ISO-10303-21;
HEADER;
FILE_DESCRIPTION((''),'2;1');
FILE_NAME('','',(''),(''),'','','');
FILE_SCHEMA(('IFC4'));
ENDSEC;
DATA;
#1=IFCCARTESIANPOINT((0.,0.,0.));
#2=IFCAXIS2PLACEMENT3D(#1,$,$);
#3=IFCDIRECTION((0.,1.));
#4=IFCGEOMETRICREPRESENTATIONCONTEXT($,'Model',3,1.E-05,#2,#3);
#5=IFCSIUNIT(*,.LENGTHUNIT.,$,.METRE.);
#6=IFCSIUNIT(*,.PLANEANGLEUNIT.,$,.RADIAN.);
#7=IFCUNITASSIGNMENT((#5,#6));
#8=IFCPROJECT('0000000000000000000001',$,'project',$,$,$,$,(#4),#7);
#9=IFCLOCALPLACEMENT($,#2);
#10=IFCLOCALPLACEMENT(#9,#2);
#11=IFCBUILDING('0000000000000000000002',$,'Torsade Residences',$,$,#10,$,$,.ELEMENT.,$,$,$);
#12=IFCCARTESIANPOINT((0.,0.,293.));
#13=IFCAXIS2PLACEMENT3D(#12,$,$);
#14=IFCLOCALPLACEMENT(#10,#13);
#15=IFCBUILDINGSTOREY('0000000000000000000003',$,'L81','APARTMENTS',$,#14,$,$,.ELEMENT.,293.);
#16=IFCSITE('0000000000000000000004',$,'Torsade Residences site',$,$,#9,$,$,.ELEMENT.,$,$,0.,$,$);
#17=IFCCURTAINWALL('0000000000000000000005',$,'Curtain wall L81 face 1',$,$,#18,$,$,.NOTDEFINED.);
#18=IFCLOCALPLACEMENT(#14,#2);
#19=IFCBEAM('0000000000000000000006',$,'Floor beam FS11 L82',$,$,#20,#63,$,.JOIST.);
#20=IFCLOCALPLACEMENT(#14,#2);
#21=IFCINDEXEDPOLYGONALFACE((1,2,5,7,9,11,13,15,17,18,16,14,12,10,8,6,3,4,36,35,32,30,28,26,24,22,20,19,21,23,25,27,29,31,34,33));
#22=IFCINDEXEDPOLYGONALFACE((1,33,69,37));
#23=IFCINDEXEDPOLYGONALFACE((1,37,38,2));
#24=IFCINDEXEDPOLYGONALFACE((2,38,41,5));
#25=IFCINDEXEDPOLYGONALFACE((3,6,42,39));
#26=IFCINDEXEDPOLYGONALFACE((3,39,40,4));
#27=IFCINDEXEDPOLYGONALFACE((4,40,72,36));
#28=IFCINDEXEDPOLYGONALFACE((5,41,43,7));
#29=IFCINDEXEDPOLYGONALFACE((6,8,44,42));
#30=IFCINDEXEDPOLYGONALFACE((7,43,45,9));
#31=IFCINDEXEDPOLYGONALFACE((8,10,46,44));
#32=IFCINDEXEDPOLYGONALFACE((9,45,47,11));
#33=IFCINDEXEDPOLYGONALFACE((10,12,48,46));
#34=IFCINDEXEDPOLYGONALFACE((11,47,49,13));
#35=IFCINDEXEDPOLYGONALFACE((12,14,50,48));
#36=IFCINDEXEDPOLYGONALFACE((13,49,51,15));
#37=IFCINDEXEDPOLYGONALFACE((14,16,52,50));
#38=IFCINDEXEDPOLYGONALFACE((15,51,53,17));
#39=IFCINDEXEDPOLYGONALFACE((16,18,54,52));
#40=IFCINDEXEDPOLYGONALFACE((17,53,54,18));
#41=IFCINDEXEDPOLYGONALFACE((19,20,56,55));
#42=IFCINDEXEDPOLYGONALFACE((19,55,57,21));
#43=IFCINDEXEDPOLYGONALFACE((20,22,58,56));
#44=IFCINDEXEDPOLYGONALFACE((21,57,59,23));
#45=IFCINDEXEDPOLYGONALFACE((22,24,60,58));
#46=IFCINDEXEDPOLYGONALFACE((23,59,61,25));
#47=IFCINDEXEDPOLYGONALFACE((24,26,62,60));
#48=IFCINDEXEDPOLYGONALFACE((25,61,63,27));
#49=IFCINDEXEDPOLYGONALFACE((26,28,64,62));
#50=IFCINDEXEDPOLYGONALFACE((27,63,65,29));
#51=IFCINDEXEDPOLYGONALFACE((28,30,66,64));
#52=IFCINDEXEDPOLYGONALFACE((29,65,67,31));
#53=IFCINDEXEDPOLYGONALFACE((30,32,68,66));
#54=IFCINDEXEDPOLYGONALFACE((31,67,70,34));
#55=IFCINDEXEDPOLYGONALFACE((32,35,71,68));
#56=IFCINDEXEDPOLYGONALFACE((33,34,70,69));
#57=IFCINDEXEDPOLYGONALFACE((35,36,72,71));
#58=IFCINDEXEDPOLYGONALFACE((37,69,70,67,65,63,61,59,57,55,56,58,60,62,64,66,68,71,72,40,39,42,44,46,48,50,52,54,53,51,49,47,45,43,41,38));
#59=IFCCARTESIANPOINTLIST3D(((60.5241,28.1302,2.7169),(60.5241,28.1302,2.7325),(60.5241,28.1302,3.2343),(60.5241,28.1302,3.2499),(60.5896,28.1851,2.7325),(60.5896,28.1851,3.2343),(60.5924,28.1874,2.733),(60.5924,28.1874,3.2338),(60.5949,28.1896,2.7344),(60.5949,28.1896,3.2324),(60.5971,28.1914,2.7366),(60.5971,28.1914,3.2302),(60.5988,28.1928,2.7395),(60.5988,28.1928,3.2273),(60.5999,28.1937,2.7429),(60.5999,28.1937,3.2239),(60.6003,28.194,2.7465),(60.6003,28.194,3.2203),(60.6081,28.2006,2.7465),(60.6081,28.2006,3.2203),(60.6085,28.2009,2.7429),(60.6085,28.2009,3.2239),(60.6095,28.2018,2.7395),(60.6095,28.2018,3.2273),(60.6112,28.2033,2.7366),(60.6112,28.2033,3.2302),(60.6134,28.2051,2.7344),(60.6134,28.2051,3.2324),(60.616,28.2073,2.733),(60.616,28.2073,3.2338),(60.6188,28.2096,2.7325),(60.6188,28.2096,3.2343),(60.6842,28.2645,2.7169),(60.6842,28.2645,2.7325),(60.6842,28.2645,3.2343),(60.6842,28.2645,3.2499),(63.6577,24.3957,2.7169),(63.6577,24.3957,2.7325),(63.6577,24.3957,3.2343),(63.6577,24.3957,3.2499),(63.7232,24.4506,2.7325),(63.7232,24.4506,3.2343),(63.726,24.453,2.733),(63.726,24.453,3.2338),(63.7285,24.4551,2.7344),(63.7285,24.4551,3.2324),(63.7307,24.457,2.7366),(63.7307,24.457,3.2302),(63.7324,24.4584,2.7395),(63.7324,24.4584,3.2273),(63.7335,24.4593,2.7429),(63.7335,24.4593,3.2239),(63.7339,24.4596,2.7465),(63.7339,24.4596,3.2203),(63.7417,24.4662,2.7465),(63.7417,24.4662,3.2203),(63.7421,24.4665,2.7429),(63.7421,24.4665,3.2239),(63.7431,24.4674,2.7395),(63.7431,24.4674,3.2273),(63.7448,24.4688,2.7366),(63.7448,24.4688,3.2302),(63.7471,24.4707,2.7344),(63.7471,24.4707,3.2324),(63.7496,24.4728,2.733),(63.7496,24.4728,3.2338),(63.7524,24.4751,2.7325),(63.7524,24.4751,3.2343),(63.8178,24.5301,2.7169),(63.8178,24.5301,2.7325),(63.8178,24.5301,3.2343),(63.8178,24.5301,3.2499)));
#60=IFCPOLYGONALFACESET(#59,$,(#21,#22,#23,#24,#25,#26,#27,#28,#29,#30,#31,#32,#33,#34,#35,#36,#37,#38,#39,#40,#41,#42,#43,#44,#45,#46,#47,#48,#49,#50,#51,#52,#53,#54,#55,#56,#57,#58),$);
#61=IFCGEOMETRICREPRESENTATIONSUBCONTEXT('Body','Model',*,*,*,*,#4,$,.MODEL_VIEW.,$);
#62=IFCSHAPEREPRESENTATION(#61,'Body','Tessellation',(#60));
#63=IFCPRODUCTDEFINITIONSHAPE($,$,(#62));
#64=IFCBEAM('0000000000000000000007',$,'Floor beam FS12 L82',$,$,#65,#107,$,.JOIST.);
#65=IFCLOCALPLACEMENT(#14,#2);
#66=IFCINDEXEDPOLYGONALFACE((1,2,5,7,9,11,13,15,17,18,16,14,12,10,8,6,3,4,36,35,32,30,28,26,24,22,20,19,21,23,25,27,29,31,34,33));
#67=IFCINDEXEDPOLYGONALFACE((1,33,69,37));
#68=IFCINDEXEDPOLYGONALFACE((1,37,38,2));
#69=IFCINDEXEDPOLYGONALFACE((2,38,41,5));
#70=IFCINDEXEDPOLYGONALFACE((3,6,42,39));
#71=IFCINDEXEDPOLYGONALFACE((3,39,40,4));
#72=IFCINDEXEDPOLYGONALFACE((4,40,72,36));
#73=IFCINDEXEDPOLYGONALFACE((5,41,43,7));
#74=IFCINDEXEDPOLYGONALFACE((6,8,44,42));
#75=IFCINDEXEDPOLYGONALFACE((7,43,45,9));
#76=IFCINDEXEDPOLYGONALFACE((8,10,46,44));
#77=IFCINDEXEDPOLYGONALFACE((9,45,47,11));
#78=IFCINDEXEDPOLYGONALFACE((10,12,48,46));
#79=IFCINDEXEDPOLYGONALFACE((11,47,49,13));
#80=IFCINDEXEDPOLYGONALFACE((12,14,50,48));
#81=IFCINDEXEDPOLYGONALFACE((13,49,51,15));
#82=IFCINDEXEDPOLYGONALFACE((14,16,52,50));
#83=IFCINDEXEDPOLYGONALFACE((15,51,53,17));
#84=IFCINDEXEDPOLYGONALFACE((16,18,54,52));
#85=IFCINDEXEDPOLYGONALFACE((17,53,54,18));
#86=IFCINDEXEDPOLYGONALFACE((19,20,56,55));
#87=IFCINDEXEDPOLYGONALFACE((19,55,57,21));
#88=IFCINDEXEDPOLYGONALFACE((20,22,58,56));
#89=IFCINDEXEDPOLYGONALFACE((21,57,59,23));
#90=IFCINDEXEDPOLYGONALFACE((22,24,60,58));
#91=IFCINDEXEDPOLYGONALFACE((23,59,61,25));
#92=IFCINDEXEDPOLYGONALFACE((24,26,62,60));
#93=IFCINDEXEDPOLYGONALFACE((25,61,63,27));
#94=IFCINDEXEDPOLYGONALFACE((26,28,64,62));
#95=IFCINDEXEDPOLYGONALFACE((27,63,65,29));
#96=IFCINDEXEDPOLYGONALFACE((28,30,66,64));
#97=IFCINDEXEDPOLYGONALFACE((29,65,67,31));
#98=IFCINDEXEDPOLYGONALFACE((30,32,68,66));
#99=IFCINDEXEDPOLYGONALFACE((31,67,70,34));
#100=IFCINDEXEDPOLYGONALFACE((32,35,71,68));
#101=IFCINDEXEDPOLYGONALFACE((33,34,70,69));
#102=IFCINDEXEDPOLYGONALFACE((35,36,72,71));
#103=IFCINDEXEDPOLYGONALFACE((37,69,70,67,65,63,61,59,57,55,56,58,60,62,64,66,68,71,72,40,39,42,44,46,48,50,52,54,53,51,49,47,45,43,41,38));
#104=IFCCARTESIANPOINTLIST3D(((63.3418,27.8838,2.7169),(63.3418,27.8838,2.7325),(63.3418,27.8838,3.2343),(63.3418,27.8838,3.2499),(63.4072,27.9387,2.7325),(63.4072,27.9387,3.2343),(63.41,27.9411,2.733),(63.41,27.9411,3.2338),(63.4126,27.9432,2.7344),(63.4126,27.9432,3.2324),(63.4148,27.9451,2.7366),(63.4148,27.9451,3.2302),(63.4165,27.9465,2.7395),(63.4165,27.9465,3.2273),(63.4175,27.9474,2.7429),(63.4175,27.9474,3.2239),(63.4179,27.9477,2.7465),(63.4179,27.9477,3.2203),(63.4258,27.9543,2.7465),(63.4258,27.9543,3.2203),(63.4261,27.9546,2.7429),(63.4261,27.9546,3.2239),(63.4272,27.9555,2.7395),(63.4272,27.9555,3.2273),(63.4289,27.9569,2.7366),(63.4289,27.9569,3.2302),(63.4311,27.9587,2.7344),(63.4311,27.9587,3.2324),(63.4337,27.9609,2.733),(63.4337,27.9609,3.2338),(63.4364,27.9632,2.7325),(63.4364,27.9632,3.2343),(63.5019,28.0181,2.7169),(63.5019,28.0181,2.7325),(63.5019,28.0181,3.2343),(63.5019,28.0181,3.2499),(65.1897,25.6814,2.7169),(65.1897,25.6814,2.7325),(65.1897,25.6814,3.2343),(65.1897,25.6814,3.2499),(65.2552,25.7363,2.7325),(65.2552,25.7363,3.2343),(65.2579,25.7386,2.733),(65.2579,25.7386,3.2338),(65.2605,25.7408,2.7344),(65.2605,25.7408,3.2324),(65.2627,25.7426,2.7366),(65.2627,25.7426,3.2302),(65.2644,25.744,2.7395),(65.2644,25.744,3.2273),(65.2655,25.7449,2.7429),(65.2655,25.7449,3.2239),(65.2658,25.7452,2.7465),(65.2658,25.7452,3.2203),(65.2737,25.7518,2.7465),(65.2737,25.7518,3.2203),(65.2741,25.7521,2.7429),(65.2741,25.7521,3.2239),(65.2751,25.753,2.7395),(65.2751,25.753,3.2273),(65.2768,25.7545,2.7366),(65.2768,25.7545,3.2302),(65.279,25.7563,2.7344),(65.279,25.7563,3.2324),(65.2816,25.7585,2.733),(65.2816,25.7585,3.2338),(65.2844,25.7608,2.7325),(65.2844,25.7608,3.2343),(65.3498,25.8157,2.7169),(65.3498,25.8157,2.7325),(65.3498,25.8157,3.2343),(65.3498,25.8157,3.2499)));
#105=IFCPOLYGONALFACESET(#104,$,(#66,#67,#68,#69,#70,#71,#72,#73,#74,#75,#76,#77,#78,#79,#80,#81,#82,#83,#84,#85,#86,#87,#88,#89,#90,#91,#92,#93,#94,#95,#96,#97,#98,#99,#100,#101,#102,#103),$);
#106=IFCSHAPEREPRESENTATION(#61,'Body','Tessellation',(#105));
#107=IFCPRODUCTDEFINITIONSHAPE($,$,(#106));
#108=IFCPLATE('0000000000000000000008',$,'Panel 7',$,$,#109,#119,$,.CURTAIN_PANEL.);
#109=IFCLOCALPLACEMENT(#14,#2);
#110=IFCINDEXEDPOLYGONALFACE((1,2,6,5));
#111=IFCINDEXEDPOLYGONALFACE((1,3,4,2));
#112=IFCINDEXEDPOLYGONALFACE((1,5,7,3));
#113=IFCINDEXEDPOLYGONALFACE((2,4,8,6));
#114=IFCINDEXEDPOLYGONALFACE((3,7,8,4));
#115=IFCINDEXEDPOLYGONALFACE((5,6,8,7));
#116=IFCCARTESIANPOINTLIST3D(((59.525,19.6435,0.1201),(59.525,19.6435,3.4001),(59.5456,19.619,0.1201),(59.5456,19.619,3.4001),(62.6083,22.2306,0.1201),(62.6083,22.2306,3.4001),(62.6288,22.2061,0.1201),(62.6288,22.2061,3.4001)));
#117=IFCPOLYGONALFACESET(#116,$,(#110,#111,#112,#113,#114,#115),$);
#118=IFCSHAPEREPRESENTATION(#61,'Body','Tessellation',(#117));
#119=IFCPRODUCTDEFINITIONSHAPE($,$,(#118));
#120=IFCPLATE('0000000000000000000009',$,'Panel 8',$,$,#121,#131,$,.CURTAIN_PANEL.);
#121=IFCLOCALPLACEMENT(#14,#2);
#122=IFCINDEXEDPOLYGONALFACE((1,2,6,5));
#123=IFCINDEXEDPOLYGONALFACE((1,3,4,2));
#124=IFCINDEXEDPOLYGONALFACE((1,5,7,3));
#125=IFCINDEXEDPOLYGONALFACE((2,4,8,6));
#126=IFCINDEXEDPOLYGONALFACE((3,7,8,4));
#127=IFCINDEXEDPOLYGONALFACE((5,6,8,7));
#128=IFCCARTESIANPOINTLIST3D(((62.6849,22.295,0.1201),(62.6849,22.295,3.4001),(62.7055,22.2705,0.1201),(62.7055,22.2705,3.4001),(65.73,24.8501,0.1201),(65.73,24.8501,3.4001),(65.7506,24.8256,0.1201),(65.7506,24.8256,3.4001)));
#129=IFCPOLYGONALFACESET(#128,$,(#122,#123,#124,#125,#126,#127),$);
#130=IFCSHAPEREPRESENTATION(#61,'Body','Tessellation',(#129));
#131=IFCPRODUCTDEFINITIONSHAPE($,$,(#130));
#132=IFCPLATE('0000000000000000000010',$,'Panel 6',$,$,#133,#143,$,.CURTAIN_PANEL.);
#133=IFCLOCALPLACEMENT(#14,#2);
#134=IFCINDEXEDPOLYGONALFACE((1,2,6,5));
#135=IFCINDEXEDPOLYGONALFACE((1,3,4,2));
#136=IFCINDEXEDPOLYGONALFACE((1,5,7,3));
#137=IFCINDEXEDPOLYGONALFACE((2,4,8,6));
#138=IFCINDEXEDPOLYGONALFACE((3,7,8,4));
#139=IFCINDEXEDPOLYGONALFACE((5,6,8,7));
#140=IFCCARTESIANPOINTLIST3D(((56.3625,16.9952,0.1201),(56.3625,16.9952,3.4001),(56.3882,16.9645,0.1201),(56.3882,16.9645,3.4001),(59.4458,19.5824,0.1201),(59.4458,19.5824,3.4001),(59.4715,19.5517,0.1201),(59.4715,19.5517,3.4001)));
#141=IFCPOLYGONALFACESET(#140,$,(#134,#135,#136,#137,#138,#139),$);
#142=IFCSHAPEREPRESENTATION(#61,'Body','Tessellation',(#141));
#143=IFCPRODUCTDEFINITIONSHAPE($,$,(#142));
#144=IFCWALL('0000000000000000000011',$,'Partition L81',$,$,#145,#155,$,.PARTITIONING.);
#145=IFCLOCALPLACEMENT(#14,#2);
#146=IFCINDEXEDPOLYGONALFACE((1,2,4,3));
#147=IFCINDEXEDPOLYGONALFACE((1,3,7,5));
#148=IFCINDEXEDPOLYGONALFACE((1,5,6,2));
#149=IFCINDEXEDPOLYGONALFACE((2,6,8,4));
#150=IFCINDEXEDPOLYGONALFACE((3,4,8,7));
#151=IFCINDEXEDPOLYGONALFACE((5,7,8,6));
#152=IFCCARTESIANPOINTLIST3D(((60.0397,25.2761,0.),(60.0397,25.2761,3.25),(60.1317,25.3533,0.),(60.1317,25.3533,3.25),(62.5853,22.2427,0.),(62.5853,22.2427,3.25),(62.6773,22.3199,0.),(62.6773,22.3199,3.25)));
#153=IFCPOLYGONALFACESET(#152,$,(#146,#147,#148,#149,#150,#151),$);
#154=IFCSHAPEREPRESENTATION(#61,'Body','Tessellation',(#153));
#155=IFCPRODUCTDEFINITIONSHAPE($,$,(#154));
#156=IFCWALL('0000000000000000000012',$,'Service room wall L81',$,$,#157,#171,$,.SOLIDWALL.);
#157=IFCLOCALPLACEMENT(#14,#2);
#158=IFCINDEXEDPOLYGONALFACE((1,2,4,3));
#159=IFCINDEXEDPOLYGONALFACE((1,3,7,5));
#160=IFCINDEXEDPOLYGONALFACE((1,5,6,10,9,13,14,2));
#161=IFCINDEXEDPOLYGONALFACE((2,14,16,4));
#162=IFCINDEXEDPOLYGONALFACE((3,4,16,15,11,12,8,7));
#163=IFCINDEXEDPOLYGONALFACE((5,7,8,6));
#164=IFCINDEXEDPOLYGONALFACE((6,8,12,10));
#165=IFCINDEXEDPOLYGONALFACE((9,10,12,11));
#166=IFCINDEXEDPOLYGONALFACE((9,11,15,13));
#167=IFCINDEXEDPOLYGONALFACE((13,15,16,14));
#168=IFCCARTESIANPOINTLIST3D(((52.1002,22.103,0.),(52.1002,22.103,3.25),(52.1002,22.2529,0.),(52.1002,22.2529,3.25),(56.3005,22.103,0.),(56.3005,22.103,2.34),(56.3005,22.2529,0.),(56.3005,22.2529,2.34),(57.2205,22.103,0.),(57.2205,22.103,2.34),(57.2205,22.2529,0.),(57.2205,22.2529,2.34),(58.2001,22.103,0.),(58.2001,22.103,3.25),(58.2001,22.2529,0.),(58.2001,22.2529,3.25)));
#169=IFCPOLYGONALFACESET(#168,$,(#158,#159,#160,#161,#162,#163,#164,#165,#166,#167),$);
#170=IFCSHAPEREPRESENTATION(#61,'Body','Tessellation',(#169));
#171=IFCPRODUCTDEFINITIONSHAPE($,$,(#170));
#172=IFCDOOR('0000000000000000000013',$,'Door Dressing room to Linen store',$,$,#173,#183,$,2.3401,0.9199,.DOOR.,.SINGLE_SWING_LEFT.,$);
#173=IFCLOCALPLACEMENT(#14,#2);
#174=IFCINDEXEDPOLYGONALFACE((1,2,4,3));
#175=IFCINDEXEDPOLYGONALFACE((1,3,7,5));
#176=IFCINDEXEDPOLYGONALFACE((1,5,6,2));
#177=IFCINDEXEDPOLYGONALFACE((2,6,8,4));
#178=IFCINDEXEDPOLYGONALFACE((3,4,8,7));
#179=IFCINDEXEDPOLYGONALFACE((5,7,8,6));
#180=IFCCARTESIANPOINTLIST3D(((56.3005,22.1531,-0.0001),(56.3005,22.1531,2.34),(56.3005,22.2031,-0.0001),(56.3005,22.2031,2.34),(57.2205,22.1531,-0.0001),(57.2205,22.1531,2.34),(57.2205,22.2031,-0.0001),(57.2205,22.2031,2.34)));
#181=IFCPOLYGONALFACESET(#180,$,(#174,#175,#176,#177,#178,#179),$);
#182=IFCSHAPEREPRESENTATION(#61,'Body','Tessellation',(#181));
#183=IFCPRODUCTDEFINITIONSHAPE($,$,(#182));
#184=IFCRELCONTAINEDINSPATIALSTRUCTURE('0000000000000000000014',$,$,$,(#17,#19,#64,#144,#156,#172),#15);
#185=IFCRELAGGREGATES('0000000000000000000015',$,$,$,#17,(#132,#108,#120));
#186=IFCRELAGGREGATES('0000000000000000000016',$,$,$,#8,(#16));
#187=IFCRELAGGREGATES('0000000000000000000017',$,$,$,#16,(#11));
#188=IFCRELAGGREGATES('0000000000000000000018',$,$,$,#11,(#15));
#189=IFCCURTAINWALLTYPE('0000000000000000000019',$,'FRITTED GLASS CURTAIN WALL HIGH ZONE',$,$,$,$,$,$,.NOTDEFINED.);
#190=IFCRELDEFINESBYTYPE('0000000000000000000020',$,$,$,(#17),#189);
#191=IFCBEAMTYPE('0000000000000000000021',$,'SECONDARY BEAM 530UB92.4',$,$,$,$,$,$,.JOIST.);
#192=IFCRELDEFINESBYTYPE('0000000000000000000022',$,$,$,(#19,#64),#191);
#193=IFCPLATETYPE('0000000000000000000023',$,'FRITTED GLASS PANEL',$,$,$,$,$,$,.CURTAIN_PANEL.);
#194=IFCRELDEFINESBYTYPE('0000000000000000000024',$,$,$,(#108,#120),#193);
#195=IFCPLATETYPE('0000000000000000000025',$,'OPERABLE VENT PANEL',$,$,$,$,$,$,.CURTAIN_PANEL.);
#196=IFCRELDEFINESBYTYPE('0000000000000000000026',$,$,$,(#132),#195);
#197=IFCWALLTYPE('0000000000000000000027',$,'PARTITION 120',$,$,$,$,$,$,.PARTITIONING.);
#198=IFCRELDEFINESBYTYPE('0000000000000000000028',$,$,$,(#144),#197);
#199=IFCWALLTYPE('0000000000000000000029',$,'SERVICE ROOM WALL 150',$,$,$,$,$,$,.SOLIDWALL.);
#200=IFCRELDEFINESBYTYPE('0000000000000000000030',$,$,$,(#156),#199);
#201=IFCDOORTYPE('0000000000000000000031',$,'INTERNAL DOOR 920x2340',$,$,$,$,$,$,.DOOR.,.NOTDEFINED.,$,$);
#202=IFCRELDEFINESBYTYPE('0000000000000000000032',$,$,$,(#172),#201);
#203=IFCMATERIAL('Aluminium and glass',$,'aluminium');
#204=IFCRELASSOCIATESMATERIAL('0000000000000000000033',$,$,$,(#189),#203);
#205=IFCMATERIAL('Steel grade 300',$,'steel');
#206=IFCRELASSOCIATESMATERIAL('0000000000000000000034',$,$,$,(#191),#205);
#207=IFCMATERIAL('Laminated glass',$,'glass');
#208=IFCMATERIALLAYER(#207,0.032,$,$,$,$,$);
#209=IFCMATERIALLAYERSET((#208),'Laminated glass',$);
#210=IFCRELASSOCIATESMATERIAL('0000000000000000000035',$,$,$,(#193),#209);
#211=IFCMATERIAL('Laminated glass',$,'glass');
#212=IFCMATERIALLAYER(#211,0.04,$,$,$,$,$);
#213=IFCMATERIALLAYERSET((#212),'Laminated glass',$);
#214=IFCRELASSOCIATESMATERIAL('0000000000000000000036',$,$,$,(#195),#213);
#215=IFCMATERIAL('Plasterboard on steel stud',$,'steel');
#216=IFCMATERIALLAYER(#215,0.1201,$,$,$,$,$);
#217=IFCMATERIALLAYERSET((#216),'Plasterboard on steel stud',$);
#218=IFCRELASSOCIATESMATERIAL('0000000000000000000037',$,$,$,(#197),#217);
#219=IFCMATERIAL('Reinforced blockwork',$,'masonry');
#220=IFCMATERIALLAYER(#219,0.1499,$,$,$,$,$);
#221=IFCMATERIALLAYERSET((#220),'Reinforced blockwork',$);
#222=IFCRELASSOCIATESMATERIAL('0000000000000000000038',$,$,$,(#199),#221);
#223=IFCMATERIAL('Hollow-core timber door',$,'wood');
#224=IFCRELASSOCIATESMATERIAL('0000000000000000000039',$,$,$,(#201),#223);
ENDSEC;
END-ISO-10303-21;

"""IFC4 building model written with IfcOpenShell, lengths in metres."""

from ifc_helpers import new_model, si_unit, direction, frame, frame_2d, origin, origin_2d, place, context, subcontext, project, spatial, rectangle, i_section, extrude, material, layer, layer_set, material_profile, profile_set, type_object, element, fill, aggregate, save


model = new_model("IFC4")

# Units and contexts
model_context = context("Model", 3, precision=1e-05, world=origin(), true_north=direction((0.0, 1.0)))
body_context = subcontext(model_context, "Body", "Model", "MODEL_VIEW")
ifc_project = project(units=[si_unit("LENGTHUNIT", "METRE"), si_unit("PLANEANGLEUNIT", "RADIAN")], contexts=[model_context])

# Site, building, storey
site_placement = place(None, origin())
site = spatial("IfcSite", under=ifc_project, at=site_placement, Name="Torsade Residences site", CompositionType="ELEMENT", RefElevation=0.0)
building_placement = place(site_placement, origin())
building = spatial("IfcBuilding", under=site, at=building_placement, Name="Torsade Residences", CompositionType="ELEMENT")
storey_placement = place(building_placement, frame((0.0, 0.0, 293.0)))
storey = spatial("IfcBuildingStorey", under=building, at=storey_placement, Name="L81", Description="APARTMENTS", CompositionType="ELEMENT", Elevation=293.0)

# Curtain wall
ifc_material_1 = material(Name="Aluminium and glass", Category="aluminium")
curtain_wall_type = type_object("IfcCurtainWallType", Name="FRITTED GLASS CURTAIN WALL HIGH ZONE", PredefinedType="NOTDEFINED", material=ifc_material_1)
curtain_wall_placement = place(storey_placement, origin())
curtain_wall = element("IfcCurtainWall", 1, at=curtain_wall_placement, inside=storey, type_object=curtain_wall_type, Name="Curtain wall L81 face 1", PredefinedType="NOTDEFINED")

# Beams
ifc_material_2 = material(Name="Steel grade 300", Category="steel")
ifc_material_profile_1 = material_profile(ifc_material_2, i_section(OverallWidth=0.209, OverallDepth=0.533, WebThickness=0.0103, FlangeThickness=0.0156, FilletRadius=0.0139, at=origin_2d()), Name="530UB92.4")
ifc_profile_set_1 = profile_set([ifc_material_profile_1], Name="Steel grade 300")
beam_type_1 = type_object("IfcBeamType", Name="SECONDARY BEAM 530UB92.4", PredefinedType="JOIST", material=ifc_profile_set_1)
beam_1_placement = place(storey_placement, frame((63.7378, 24.4629, 2.9834), z_axis=(-0.642791, 0.766041, 0.0), x_axis=(-0.766041, -0.642791, 0.0)))
element("IfcBeam", 2, at=beam_1_placement, inside=storey, type_object=beam_type_1, Name="Floor beam FS11 L82", PredefinedType="JOIST", context=body_context, shape_type="SweptSolid", body=[
    extrude(i_section(OverallWidth=0.209, OverallDepth=0.533, WebThickness=0.0103, FlangeThickness=0.0156, FilletRadius=0.0139, at=origin_2d()), origin(), (0.0, 0.0, 1.0), 4.875),
])
beam_2_placement = place(storey_placement, frame((65.2698, 25.7485, 2.9834), z_axis=(-0.642762, 0.766066, 0.0), x_axis=(-0.766066, -0.642762, 0.0)))
element("IfcBeam", 3, at=beam_2_placement, inside=storey, type_object=beam_type_1, Name="Floor beam FS12 L82", PredefinedType="JOIST", context=body_context, shape_type="SweptSolid", body=[
    extrude(i_section(OverallWidth=0.209, OverallDepth=0.533, WebThickness=0.0103, FlangeThickness=0.0156, FilletRadius=0.0139, at=origin_2d()), origin(), (0.0, 0.0, 1.0), 2.875),
])

# Plates
ifc_material_3 = material(Name="Laminated glass", Category="glass")
ifc_layer_1 = layer(ifc_material_3, 0.032)
ifc_layer_set_1 = layer_set([ifc_layer_1], Name="Laminated glass")
plate_type_1 = type_object("IfcPlateType", Name="FRITTED GLASS PANEL", PredefinedType="CURTAIN_PANEL", material=ifc_layer_set_1)
plate_1_placement = place(storey_placement, frame((61.0769, 20.9248, 0.1201), z_axis=(0.0, 0.0, 1.0), x_axis=(0.766044, 0.642788, 0.0)))
plate_1 = element("IfcPlate", 4, at=plate_1_placement, type_object=plate_type_1, Name="Panel 7", PredefinedType="CURTAIN_PANEL", context=body_context, shape_type="SweptSolid", body=[
    extrude(rectangle(XDim=4.0249, YDim=0.032, at=origin_2d()), origin(), (0.0, 0.0, 1.0), 3.28),
])
plate_2_placement = place(storey_placement, frame((64.2178, 23.5603, 0.1201), z_axis=(0.0, 0.0, 1.0), x_axis=(0.766044, 0.642788, 0.0)))
plate_2 = element("IfcPlate", 5, at=plate_2_placement, type_object=plate_type_1, Name="Panel 8", PredefinedType="CURTAIN_PANEL", context=body_context, shape_type="SweptSolid", body=[
    extrude(rectangle(XDim=3.9751, YDim=0.032, at=origin_2d()), origin(), (0.0, 0.0, 1.0), 3.28),
])
ifc_material_4 = material(Name="Laminated glass", Category="glass")
ifc_layer_2 = layer(ifc_material_4, 0.04)
ifc_layer_set_2 = layer_set([ifc_layer_2], Name="Laminated glass")
plate_type_2 = type_object("IfcPlateType", Name="OPERABLE VENT PANEL", PredefinedType="CURTAIN_PANEL", material=ifc_layer_set_2)
plate_3_placement = place(storey_placement, frame((57.917, 18.2734, 0.1201), z_axis=(0.0, 0.0, 1.0), x_axis=(0.766044, 0.642788, 0.0)))
plate_3 = element("IfcPlate", 6, at=plate_3_placement, type_object=plate_type_2, Name="Panel 6", PredefinedType="CURTAIN_PANEL", context=body_context, shape_type="SweptSolid", body=[
    extrude(rectangle(XDim=4.0249, YDim=0.04, at=origin_2d()), origin(), (0.0, 0.0, 1.0), 3.28),
])
aggregate(curtain_wall, [plate_3, plate_1, plate_2])

# Wall
ifc_material_5 = material(Name="Plasterboard on steel stud", Category="steel")
ifc_layer_3 = layer(ifc_material_5, 0.1201)
ifc_layer_set_3 = layer_set([ifc_layer_3], Name="Plasterboard on steel stud")
wall_type_1 = type_object("IfcWallType", Name="PARTITION 120", PredefinedType="PARTITIONING", material=ifc_layer_set_3)
wall_1_placement = place(storey_placement, frame((60.0857, 25.3147, 0.0), z_axis=(0.0, 0.0, 1.0), x_axis=(0.642831, -0.766008, 0.0)))
element("IfcWall", 7, at=wall_1_placement, inside=storey, type_object=wall_type_1, Name="Partition L81", PredefinedType="PARTITIONING", context=body_context, shape_type="SweptSolid", body=[
    extrude(rectangle(XDim=3.96, YDim=0.1201, at=frame_2d((1.98, 0.0))), origin(), (0.0, 0.0, 1.0), 3.25),
])

# Wall, opening, door
ifc_material_6 = material(Name="Reinforced blockwork", Category="masonry")
ifc_layer_4 = layer(ifc_material_6, 0.1499)
ifc_layer_set_4 = layer_set([ifc_layer_4], Name="Reinforced blockwork")
wall_type_2 = type_object("IfcWallType", Name="SERVICE ROOM WALL 150", PredefinedType="SOLIDWALL", material=ifc_layer_set_4)
wall_2_placement = place(storey_placement, frame((58.2, 22.178, 0.0), z_axis=(0.0, 0.0, 1.0), x_axis=(-1.0, 0.0, 0.0)))
wall_2 = element("IfcWall", 8, at=wall_2_placement, inside=storey, type_object=wall_type_2, Name="Service room wall L81", PredefinedType="SOLIDWALL", context=body_context, shape_type="SweptSolid", body=[
    extrude(rectangle(XDim=6.0999, YDim=0.1499, at=frame_2d((3.0498, 0.0))), origin(), (0.0, 0.0, 1.0), 3.25),
])
opening_1_placement = place(wall_2_placement, frame((0.9795, 0.0, 0.0)))
opening_1 = element("IfcOpeningElement", 9, at=opening_1_placement, cuts=wall_2, PredefinedType="OPENING", context=body_context, shape_type="SweptSolid", body=[
    extrude(rectangle(XDim=0.9199, YDim=2.3401, at=frame_2d((0.46, 1.1699))), frame((0.0, 0.085, 0.0), z_axis=(0.0, -1.0, 0.0), x_axis=(1.0, 0.0, 0.0)), (0.0, 0.0, 1.0), 0.1699),
])
ifc_material_7 = material(Name="Hollow-core timber door", Category="wood")
door_type_1 = type_object("IfcDoorType", Name="INTERNAL DOOR 920x2340", OperationType="NOTDEFINED", PredefinedType="DOOR", material=ifc_material_7)
door_1_placement = place(opening_1_placement, origin())
door_1 = element("IfcDoor", 10, at=door_1_placement, inside=storey, type_object=door_type_1, Name="Door Dressing room to Linen store", OperationType="SINGLE_SWING_LEFT", OverallHeight=2.3401, OverallWidth=0.9199, PredefinedType="DOOR", context=body_context, shape_type="SweptSolid", body=[
    extrude(rectangle(XDim=0.9199, YDim=2.3401, at=frame_2d((0.46, 1.1699))), frame((0.0, 0.0249, 0.0), z_axis=(0.0, -1.0, 0.0), x_axis=(1.0, 0.0, 0.0)), (0.0, 0.0, 1.0), 0.05),
])
fill(opening_1, door_1)

save(model, "model.ifc")
